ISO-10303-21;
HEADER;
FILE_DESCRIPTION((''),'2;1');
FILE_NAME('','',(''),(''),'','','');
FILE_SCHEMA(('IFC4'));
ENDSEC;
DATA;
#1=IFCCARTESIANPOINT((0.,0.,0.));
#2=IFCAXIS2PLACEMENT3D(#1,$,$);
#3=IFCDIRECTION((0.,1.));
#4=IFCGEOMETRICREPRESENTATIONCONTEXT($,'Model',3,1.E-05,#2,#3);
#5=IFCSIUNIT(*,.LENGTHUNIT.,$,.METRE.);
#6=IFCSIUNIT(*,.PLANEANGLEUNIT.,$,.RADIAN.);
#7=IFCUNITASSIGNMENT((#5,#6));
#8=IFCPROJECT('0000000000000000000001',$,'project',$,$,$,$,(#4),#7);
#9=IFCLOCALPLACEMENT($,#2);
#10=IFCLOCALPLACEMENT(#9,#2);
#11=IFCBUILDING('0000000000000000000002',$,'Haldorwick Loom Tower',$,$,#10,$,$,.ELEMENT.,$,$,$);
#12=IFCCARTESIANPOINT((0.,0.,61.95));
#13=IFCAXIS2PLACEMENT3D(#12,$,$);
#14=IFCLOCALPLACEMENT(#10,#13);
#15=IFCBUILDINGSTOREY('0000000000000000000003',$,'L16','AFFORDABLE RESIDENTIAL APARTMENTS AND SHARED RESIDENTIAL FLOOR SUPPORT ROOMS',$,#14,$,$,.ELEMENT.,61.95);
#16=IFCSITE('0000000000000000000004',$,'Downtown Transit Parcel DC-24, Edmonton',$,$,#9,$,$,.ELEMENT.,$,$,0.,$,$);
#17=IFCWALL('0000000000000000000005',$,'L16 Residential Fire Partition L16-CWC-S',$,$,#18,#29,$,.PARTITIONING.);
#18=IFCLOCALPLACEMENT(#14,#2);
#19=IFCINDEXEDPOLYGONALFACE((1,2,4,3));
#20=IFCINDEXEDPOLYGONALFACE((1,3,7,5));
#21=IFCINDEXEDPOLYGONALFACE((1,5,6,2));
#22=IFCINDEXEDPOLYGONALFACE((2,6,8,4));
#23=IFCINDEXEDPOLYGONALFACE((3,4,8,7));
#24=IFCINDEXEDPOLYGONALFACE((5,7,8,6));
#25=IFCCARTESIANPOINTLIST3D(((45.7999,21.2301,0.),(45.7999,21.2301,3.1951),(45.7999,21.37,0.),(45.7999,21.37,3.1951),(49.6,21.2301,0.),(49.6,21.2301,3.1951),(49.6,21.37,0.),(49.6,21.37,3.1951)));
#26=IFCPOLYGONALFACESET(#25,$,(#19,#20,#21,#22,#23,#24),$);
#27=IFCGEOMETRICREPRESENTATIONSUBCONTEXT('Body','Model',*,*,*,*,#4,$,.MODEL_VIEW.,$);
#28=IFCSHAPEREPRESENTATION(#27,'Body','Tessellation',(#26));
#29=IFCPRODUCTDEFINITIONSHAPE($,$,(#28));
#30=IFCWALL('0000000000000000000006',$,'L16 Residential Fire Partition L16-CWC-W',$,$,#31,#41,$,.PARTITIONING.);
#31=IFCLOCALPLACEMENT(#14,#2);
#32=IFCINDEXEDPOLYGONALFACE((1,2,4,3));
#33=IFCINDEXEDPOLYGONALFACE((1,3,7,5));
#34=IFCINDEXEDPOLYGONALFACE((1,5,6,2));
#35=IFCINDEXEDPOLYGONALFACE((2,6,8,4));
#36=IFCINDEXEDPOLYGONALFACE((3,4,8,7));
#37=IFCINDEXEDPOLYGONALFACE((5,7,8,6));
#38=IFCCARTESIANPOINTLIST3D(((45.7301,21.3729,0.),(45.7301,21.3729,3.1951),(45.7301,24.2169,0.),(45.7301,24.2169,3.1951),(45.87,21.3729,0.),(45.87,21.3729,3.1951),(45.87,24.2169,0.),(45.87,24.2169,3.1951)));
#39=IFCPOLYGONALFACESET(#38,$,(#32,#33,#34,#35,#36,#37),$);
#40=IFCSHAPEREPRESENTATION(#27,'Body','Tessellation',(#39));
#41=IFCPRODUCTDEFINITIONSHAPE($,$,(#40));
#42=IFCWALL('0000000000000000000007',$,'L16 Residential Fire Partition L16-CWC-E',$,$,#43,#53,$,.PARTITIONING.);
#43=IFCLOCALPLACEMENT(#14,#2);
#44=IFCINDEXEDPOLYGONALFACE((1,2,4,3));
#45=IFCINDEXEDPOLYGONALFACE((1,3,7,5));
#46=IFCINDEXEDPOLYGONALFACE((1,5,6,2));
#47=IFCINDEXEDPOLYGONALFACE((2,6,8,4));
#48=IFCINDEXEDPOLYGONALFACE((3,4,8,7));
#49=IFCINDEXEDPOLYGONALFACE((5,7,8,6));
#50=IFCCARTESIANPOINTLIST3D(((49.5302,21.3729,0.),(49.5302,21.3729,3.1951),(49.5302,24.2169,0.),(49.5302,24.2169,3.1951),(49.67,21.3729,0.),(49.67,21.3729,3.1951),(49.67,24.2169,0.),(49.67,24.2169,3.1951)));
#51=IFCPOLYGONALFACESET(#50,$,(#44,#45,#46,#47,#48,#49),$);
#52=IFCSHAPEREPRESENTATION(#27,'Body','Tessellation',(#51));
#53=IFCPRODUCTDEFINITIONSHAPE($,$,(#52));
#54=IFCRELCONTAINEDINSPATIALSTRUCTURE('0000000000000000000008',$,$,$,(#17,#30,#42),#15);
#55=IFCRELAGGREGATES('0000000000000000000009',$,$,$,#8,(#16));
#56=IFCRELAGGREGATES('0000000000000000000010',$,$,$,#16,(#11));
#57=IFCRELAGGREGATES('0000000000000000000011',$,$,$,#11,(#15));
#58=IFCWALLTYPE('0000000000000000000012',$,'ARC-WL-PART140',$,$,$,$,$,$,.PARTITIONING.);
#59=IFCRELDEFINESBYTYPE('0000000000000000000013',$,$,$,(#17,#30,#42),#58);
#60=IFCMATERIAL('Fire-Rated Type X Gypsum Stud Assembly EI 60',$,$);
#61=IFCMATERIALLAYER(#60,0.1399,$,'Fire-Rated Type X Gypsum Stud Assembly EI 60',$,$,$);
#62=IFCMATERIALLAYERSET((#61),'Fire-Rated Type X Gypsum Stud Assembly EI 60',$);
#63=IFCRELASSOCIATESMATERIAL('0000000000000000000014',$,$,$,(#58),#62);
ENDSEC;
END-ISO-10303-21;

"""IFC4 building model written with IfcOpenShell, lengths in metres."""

from ifc_helpers import new_model, si_unit, direction, frame, frame_2d, origin, place, context, subcontext, project, spatial, rectangle, extrude, material, layer, layer_set, type_object, element, save


model = new_model("IFC4")

# Units and contexts
model_context = context("Model", 3, precision=1e-05, world=origin(), true_north=direction((0.0, 1.0)))
body_context = subcontext(model_context, "Body", "Model", "MODEL_VIEW")
ifc_project = project(units=[si_unit("LENGTHUNIT", "METRE"), si_unit("PLANEANGLEUNIT", "RADIAN")], contexts=[model_context])

# Site, building, storey
site_placement = place(None, origin())
site = spatial("IfcSite", under=ifc_project, at=site_placement, Name="Downtown Transit Parcel DC-24, Edmonton", CompositionType="ELEMENT", RefElevation=0.0)
building_placement = place(site_placement, origin())
building = spatial("IfcBuilding", under=site, at=building_placement, Name="Haldorwick Loom Tower", CompositionType="ELEMENT")
storey_placement = place(building_placement, frame((0.0, 0.0, 61.95)))
storey = spatial("IfcBuildingStorey", under=building, at=storey_placement, Name="L16", Description="AFFORDABLE RESIDENTIAL APARTMENTS AND SHARED RESIDENTIAL FLOOR SUPPORT ROOMS", CompositionType="ELEMENT", Elevation=61.95)

# Shared definitions
ifc_material_1 = material(Name="Fire-Rated Type X Gypsum Stud Assembly EI 60")

# Walls
ifc_layer_1 = layer(ifc_material_1, 0.1399, Name="Fire-Rated Type X Gypsum Stud Assembly EI 60")
ifc_layer_set_1 = layer_set([ifc_layer_1], Name="Fire-Rated Type X Gypsum Stud Assembly EI 60")
wall_type_1 = type_object("IfcWallType", Name="ARC-WL-PART140", PredefinedType="PARTITIONING", material=ifc_layer_set_1)
wall_1_placement = place(storey_placement, frame((45.8, 21.3, 0.0), z_axis=(0.0, 0.0, 1.0), x_axis=(1.0, 0.0, 0.0)))
element("IfcWall", 1, at=wall_1_placement, inside=storey, type_object=wall_type_1, Name="L16 Residential Fire Partition L16-CWC-S", PredefinedType="PARTITIONING", context=body_context, shape_type="SweptSolid", body=[
    extrude(rectangle(XDim=3.8, YDim=0.1399, at=frame_2d((1.8999, 0.0))), origin(), (0.0, 0.0, 1.0), 3.1951),
])
for number, where, z_axis, x_axis, name in (
    (2, (45.8, 21.373, 0.0), (0.0, 0.0, 1.0), (0.0, 1.0, 0.0), "L16 Residential Fire Partition L16-CWC-W"),
    (3, (49.6001, 21.373, 0.0), (0.0, 0.0, 1.0), (0.0, 1.0, 0.0), "L16 Residential Fire Partition L16-CWC-E"),
):
    element("IfcWall", number, at=place(storey_placement, frame(where, z_axis=z_axis, x_axis=x_axis)), inside=storey, type_object=wall_type_1, Name=name, PredefinedType="PARTITIONING", context=body_context, shape_type="SweptSolid", body=[
        extrude(rectangle(XDim=2.844, YDim=0.1399, at=frame_2d((1.4219, 0.0))), origin(), (0.0, 0.0, 1.0), 3.1951),
    ])

save(model, "model.ifc")
